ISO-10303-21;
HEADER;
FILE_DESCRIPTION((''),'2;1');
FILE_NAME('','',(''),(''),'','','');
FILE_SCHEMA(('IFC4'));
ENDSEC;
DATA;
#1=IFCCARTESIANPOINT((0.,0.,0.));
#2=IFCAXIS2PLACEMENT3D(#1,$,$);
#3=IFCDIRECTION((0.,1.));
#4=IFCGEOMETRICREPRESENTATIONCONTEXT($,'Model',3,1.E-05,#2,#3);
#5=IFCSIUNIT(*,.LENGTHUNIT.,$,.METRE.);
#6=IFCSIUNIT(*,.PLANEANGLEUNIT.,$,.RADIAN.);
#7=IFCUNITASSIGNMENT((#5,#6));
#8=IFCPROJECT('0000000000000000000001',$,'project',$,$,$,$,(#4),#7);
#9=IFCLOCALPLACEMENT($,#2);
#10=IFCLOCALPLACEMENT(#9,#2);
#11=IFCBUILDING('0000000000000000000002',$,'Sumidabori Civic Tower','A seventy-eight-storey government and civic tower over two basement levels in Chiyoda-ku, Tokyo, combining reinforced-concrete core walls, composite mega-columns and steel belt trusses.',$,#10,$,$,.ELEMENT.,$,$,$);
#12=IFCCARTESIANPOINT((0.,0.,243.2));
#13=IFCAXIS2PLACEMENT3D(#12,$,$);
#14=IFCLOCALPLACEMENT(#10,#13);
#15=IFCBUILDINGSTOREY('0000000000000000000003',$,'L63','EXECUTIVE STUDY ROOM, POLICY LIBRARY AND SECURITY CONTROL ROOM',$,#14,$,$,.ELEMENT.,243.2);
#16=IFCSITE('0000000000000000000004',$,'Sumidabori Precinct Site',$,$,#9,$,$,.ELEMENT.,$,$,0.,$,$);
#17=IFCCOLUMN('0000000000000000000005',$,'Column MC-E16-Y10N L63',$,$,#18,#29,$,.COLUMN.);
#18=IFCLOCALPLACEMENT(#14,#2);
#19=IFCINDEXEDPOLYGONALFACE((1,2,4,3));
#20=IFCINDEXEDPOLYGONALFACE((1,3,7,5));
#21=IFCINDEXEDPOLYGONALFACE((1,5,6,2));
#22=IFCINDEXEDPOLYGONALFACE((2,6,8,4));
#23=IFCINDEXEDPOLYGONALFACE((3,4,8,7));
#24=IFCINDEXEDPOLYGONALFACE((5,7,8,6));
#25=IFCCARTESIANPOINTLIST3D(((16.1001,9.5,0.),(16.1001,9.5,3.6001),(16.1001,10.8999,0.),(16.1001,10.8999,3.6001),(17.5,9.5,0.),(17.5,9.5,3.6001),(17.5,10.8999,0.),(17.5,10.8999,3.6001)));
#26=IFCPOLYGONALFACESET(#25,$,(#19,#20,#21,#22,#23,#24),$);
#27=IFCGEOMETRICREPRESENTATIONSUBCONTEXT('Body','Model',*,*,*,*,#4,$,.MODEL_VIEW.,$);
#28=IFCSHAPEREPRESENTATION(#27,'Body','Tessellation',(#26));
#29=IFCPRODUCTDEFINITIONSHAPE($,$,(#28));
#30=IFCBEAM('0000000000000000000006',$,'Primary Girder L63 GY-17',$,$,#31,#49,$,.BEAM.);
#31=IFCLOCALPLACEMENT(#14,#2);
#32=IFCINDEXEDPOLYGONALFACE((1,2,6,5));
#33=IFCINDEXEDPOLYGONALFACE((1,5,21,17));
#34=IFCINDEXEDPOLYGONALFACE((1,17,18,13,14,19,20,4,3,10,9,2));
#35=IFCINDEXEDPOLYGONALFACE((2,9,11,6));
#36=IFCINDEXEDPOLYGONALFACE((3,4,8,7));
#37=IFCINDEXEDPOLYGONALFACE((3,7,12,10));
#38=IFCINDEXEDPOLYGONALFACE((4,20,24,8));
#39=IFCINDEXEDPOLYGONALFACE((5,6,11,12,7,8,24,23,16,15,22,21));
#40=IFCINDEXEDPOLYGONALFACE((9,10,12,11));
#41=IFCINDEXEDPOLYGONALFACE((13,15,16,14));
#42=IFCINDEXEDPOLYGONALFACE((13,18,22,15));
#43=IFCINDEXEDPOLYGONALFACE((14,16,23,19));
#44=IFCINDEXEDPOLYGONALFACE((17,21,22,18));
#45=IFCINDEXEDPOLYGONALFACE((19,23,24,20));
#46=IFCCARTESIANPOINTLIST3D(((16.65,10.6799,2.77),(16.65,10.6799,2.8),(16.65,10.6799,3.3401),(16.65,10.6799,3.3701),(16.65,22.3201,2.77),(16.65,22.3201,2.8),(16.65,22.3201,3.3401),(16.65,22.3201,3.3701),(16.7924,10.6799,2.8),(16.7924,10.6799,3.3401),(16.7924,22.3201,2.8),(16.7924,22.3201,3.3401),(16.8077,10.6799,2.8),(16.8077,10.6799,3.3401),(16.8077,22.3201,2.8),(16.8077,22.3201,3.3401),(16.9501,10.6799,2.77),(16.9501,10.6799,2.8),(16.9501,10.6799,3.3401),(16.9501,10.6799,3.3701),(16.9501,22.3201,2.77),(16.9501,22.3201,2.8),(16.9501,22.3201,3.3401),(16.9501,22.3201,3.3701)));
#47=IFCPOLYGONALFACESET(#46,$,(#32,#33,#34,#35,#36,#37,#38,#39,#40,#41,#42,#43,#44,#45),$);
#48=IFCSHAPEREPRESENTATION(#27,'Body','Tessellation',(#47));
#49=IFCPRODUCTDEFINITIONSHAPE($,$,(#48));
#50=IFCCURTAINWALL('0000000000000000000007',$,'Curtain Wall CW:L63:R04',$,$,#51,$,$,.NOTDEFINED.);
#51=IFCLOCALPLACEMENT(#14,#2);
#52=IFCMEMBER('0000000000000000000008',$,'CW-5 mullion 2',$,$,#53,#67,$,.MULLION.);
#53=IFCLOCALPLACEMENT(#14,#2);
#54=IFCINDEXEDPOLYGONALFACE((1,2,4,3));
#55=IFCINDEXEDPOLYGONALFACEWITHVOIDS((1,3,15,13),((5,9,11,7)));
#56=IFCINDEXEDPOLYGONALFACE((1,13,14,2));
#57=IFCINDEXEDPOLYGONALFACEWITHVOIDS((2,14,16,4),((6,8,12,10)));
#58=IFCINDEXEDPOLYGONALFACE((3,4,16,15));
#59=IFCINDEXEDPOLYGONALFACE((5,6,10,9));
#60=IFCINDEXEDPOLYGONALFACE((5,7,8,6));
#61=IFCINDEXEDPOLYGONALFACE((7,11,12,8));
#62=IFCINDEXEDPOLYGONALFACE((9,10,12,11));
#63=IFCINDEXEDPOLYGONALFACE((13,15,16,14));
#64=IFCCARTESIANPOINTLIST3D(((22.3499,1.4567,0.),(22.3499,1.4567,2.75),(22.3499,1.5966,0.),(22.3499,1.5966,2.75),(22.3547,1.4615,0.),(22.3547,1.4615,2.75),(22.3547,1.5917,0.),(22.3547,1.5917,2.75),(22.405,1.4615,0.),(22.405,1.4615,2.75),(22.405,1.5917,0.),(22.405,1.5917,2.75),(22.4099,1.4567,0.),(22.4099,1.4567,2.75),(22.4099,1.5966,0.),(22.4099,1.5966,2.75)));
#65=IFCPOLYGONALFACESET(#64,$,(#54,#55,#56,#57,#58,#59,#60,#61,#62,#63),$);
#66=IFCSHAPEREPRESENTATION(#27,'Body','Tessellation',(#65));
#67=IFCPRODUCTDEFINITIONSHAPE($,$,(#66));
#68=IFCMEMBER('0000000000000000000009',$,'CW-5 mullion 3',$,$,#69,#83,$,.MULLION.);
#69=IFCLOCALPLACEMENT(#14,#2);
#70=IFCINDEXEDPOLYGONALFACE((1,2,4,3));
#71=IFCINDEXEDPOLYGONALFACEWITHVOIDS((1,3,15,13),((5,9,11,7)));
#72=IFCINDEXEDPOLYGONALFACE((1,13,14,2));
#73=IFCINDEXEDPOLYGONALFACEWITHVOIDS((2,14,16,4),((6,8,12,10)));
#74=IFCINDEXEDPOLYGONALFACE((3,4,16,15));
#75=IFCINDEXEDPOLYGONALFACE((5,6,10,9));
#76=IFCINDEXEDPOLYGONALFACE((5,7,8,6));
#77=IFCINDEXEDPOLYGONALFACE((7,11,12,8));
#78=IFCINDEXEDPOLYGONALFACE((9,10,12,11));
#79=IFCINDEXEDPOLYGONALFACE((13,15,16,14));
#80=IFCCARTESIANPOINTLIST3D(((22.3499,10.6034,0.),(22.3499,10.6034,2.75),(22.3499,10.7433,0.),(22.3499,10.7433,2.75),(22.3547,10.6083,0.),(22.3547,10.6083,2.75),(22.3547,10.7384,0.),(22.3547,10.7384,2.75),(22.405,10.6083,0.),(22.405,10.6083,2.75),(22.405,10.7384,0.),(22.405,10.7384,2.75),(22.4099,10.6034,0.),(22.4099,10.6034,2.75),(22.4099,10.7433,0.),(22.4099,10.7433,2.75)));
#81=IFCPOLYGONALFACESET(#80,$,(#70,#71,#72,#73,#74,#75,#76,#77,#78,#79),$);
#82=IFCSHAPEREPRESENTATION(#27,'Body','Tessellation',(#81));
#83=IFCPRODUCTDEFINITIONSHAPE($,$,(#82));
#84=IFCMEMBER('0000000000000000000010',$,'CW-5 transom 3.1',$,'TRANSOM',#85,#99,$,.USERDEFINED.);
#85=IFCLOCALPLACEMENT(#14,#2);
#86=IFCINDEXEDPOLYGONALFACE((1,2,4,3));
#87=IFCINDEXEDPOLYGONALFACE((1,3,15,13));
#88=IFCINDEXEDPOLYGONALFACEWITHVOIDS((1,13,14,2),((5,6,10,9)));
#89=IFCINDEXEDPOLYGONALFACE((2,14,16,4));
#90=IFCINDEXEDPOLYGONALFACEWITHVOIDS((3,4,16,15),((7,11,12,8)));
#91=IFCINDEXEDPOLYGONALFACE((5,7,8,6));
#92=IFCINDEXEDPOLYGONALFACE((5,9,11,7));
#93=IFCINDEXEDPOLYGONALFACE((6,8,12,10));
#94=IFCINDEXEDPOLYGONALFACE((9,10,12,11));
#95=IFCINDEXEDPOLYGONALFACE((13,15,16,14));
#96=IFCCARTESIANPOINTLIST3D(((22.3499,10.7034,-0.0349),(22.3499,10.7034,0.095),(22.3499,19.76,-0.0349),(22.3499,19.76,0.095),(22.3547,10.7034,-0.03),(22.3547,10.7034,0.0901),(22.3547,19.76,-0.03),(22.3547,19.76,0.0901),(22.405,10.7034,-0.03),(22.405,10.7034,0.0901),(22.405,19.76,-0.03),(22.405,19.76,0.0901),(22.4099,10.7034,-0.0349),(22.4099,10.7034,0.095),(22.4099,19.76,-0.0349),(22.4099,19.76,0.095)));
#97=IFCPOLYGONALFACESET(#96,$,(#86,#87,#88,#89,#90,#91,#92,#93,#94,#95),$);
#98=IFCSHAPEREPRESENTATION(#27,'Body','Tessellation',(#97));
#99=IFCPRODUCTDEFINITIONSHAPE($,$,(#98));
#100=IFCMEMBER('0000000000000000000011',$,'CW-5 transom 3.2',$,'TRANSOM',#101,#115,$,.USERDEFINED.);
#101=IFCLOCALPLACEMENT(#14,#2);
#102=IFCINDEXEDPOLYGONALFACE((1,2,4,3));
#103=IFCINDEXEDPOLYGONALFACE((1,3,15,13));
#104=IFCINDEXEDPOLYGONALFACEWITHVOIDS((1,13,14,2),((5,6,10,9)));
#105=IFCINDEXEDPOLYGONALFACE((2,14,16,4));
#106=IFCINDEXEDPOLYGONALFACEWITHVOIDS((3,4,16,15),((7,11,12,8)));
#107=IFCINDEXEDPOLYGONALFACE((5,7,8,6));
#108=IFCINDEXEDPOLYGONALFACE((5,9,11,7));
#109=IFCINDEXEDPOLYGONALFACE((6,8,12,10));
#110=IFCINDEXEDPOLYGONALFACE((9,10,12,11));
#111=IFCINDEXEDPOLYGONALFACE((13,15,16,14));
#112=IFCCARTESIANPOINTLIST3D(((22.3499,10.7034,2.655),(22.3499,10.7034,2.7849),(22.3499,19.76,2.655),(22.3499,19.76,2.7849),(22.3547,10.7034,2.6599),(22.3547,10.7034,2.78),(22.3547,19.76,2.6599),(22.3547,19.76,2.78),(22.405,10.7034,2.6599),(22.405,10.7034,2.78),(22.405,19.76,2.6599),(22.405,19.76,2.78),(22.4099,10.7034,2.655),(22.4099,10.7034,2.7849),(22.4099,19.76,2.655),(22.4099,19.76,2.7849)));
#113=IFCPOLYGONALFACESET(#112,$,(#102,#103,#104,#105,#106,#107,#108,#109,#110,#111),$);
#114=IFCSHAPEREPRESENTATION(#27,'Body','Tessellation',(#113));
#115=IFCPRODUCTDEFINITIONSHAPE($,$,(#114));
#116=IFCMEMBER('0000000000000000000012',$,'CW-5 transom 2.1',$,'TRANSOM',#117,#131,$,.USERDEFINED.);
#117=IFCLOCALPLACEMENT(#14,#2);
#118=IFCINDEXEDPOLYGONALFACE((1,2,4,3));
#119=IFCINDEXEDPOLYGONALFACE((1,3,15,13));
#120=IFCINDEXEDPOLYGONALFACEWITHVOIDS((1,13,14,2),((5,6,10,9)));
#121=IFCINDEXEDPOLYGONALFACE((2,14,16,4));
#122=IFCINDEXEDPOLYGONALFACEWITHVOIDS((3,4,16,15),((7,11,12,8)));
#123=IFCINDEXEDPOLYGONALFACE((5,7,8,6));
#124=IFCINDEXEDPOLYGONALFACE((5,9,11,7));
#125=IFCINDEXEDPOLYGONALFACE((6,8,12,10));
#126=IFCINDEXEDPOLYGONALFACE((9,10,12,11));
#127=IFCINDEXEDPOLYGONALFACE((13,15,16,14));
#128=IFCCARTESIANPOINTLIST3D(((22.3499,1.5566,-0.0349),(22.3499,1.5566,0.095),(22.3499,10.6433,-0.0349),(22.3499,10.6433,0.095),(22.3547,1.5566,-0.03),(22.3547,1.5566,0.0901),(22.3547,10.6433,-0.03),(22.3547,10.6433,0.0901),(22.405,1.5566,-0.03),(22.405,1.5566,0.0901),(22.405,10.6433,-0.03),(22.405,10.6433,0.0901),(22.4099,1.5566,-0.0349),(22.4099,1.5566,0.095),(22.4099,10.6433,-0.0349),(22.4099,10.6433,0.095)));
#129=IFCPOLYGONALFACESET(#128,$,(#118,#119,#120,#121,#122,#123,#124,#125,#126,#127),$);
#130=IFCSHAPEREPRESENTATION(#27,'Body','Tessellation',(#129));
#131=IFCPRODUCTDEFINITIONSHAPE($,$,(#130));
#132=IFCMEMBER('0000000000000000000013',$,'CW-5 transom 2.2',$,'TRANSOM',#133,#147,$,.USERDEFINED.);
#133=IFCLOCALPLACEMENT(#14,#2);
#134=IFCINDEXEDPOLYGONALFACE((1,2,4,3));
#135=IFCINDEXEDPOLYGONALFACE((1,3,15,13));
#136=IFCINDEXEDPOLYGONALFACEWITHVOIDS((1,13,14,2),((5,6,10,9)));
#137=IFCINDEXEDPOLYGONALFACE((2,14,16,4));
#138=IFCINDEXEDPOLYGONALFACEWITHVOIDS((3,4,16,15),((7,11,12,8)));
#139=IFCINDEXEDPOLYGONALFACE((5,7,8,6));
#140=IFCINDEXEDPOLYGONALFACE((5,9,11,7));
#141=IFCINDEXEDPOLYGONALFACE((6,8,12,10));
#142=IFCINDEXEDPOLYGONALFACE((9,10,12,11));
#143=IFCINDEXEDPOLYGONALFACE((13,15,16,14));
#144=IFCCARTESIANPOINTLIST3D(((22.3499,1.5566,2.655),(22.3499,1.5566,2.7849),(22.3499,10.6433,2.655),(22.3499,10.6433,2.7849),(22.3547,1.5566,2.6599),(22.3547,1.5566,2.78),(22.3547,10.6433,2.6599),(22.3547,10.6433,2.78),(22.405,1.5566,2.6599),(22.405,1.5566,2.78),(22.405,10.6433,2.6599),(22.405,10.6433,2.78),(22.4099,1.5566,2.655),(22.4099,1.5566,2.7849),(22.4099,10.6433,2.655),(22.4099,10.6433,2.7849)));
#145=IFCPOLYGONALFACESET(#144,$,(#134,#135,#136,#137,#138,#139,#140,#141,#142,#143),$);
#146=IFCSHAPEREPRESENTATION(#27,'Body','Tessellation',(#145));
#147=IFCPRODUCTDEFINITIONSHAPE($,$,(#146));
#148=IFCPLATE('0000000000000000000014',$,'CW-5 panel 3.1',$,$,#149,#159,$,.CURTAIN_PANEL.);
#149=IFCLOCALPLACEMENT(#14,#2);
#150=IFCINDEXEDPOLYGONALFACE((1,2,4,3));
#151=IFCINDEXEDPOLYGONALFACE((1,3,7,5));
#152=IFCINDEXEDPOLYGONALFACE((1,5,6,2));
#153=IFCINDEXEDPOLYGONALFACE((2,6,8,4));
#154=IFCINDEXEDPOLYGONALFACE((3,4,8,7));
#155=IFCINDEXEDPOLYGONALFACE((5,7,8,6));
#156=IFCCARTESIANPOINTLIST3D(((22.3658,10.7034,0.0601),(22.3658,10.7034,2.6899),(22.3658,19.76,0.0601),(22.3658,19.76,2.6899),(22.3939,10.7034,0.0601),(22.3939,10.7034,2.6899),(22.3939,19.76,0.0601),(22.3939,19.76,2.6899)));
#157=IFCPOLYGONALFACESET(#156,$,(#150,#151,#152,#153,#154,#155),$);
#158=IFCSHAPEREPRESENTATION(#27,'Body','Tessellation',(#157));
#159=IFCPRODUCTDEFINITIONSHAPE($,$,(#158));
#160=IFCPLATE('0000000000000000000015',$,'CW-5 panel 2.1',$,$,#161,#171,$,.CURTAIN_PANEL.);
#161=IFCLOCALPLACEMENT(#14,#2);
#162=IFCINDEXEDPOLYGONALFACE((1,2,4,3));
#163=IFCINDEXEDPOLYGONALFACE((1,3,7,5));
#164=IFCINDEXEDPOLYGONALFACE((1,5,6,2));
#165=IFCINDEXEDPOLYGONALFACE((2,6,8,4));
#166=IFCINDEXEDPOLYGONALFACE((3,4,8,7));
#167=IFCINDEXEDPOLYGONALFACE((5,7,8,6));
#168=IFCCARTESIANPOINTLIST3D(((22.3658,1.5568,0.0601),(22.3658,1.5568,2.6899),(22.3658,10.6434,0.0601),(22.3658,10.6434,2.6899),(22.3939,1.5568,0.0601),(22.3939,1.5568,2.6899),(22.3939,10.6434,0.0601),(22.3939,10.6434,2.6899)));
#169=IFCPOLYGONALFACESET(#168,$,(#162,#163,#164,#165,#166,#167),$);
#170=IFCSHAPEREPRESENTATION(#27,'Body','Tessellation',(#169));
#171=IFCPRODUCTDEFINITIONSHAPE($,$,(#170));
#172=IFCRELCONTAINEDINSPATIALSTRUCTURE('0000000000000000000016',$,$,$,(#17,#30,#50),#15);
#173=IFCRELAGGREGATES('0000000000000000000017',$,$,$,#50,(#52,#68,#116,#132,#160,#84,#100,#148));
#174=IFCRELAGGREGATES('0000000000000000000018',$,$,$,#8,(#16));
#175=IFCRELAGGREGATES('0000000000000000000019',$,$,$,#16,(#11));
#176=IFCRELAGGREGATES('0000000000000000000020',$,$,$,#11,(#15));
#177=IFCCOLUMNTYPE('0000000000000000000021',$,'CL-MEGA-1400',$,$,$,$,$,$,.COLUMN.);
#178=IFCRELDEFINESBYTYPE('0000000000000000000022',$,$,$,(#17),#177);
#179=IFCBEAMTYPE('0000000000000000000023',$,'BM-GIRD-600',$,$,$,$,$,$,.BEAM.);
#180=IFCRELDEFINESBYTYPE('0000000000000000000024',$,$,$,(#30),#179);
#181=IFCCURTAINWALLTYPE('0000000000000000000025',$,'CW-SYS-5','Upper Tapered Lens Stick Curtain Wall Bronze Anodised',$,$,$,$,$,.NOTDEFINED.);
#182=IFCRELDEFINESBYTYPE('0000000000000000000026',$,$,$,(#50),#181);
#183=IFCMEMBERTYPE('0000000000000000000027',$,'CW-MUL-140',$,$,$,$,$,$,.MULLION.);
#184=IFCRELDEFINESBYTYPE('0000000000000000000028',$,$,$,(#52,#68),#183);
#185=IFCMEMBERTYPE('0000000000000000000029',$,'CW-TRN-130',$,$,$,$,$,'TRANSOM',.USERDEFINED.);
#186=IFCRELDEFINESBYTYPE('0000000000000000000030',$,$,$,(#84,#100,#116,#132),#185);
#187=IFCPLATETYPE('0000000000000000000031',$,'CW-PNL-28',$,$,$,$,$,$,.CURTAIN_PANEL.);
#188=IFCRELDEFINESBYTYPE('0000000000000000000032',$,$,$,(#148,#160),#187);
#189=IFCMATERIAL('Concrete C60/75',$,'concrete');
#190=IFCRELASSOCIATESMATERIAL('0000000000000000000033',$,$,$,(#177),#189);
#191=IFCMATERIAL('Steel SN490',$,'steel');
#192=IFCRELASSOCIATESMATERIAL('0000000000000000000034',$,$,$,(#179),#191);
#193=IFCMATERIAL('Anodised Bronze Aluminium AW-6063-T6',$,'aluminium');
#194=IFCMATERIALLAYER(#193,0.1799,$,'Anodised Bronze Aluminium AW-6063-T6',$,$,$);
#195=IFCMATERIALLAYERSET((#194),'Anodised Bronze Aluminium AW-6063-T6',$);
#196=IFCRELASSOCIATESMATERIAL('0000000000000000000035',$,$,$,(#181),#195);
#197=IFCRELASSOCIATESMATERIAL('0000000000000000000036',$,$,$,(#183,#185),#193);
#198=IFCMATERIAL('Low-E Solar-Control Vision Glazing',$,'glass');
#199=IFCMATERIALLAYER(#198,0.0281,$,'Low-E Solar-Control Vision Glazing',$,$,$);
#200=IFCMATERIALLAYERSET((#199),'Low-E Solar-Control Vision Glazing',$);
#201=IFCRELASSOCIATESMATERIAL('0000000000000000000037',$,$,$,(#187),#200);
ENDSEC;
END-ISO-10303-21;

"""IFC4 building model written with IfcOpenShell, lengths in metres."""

from ifc_helpers import new_model, si_unit, direction, frame, origin, origin_2d, place, context, subcontext, project, spatial, rectangle, hollow_rectangle, i_section, extrude, source, transform, mapped, material, layer, layer_set, material_profile, profile_set, type_object, element, aggregate, save


model = new_model("IFC4")

# Units and contexts
model_context = context("Model", 3, precision=1e-05, world=origin(), true_north=direction((0.0, 1.0)))
body_context = subcontext(model_context, "Body", "Model", "MODEL_VIEW")
ifc_project = project(units=[si_unit("LENGTHUNIT", "METRE"), si_unit("PLANEANGLEUNIT", "RADIAN")], contexts=[model_context])

# Site, building, storey
site_placement = place(None, origin())
site = spatial("IfcSite", under=ifc_project, at=site_placement, Name="Sumidabori Precinct Site", CompositionType="ELEMENT", RefElevation=0.0)
building_placement = place(site_placement, origin())
building = spatial("IfcBuilding", under=site, at=building_placement, Name="Sumidabori Civic Tower", Description="A seventy-eight-storey government and civic tower over two basement levels in Chiyoda-ku, Tokyo, combining reinforced-concrete core walls, composite mega-columns and steel belt trusses.", CompositionType="ELEMENT")
storey_placement = place(building_placement, frame((0.0, 0.0, 243.2)))
storey = spatial("IfcBuildingStorey", under=building, at=storey_placement, Name="L63", Description="EXECUTIVE STUDY ROOM, POLICY LIBRARY AND SECURITY CONTROL ROOM", CompositionType="ELEMENT", Elevation=243.2)

# Column
ifc_material_1 = material(Name="Concrete C60/75", Category="concrete")
ifc_material_profile_1 = material_profile(ifc_material_1, rectangle(XDim=1.3999, YDim=1.3999, at=origin_2d()), Name="RC 1400x1400")
ifc_profile_set_1 = profile_set([ifc_material_profile_1], Name="Concrete C60/75")
column_type = type_object("IfcColumnType", Name="CL-MEGA-1400", PredefinedType="COLUMN", material=ifc_profile_set_1)
shared_shape_1 = source(origin(), body_context, "Body", "SweptSolid", [
    extrude(rectangle(XDim=1.3999, YDim=1.3999, at=origin_2d()), origin(), (0.0, 0.0, 1.0), 3.6001),
])
column_placement = place(storey_placement, frame((16.8, 10.2, 0.0), z_axis=(0.0, 0.0, 1.0), x_axis=(1.0, 0.0, 0.0)))
element("IfcColumn", 1, at=column_placement, inside=storey, type_object=column_type, Name="Column MC-E16-Y10N L63", PredefinedType="COLUMN", context=body_context, shape_type="MappedRepresentation", body=[
    mapped(shared_shape_1, transform((0.0, 0.0, 0.0), x_axis=(1.0, 0.0, 0.0), y_axis=(0.0, 1.0, 0.0), z_axis=(0.0, 0.0, 1.0), scale=1.0)),
])

# Beam
ifc_material_2 = material(Name="Steel SN490", Category="steel")
ifc_material_profile_2 = material_profile(ifc_material_2, i_section(OverallWidth=0.3, OverallDepth=0.6001, WebThickness=0.0154, FlangeThickness=0.03, at=origin_2d()), Name="HE 600 B")
ifc_profile_set_2 = profile_set([ifc_material_profile_2], Name="Steel SN490")
beam_type = type_object("IfcBeamType", Name="BM-GIRD-600", PredefinedType="BEAM", material=ifc_profile_set_2)
shared_shape_2 = source(origin(), body_context, "Body", "SweptSolid", [
    extrude(i_section(OverallWidth=0.3, OverallDepth=0.6001, WebThickness=0.0154, FlangeThickness=0.03, at=origin_2d()), origin(), (0.0, 0.0, 1.0), 11.6401),
])
beam_placement = place(storey_placement, frame((16.8, 10.6799, 3.0701), z_axis=(0.0, 1.0, 0.0), x_axis=(-1.0, 0.0, 0.0)))
element("IfcBeam", 2, at=beam_placement, inside=storey, type_object=beam_type, Name="Primary Girder L63 GY-17", PredefinedType="BEAM", context=body_context, shape_type="MappedRepresentation", body=[
    mapped(shared_shape_2, transform((0.0, 0.0, 0.0), x_axis=(1.0, 0.0, 0.0), y_axis=(0.0, 1.0, 0.0), z_axis=(0.0, 0.0, 1.0), scale=1.0)),
])

# Curtain wall, members, plates
ifc_material_3 = material(Name="Anodised Bronze Aluminium AW-6063-T6", Category="aluminium")
ifc_layer_1 = layer(ifc_material_3, 0.1799, Name="Anodised Bronze Aluminium AW-6063-T6")
ifc_layer_set_1 = layer_set([ifc_layer_1], Name="Anodised Bronze Aluminium AW-6063-T6")
curtain_wall_type = type_object("IfcCurtainWallType", Name="CW-SYS-5", Description="Upper Tapered Lens Stick Curtain Wall Bronze Anodised", PredefinedType="NOTDEFINED", material=ifc_layer_set_1)
curtain_wall_placement = place(storey_placement, origin())
curtain_wall = element("IfcCurtainWall", 3, at=curtain_wall_placement, inside=storey, type_object=curtain_wall_type, Name="Curtain Wall CW:L63:R04", PredefinedType="NOTDEFINED")
ifc_material_profile_3 = material_profile(ifc_material_3, hollow_rectangle(XDim=0.0601, YDim=0.1399, WallThickness=0.0049, at=origin_2d()), Name="ALU MULLION 140x60")
ifc_profile_set_3 = profile_set([ifc_material_profile_3], Name="Anodised Bronze Aluminium AW-6063-T6")
member_type_1 = type_object("IfcMemberType", Name="CW-MUL-140", PredefinedType="MULLION", material=ifc_profile_set_3)
shared_shape_3 = source(origin(), body_context, "Body", "SweptSolid", [
    extrude(hollow_rectangle(XDim=0.0601, YDim=0.1399, WallThickness=0.0049, at=origin_2d()), origin(), (0.0, 0.0, 1.0), 2.75),
])
member_1_placement = place(storey_placement, frame((22.3799, 1.5266, 0.0), z_axis=(0.0, 0.0, 1.0), x_axis=(-1.0, 0.0, 0.0)))
member_1 = element("IfcMember", 4, at=member_1_placement, type_object=member_type_1, Name="CW-5 mullion 2", PredefinedType="MULLION", context=body_context, shape_type="MappedRepresentation", body=[
    mapped(shared_shape_3, transform((0.0, 0.0, 0.0), x_axis=(1.0, 0.0, 0.0), y_axis=(0.0, 1.0, 0.0), z_axis=(0.0, 0.0, 1.0), scale=1.0)),
])
member_2_placement = place(storey_placement, frame((22.3799, 10.6733, 0.0), z_axis=(0.0, 0.0, 1.0), x_axis=(-1.0, 0.0, 0.0)))
member_2 = element("IfcMember", 5, at=member_2_placement, type_object=member_type_1, Name="CW-5 mullion 3", PredefinedType="MULLION", context=body_context, shape_type="MappedRepresentation", body=[
    mapped(shared_shape_3, transform((0.0, 0.0, 0.0), x_axis=(1.0, 0.0, 0.0), y_axis=(0.0, 1.0, 0.0), z_axis=(0.0, 0.0, 1.0), scale=1.0)),
])
ifc_material_profile_4 = material_profile(ifc_material_3, hollow_rectangle(XDim=0.0601, YDim=0.1299, WallThickness=0.0049, at=origin_2d()), Name="ALU TRANSOM 130x60")
ifc_profile_set_4 = profile_set([ifc_material_profile_4], Name="Anodised Bronze Aluminium AW-6063-T6")
member_type_2 = type_object("IfcMemberType", Name="CW-TRN-130", ElementType="TRANSOM", PredefinedType="USERDEFINED", material=ifc_profile_set_4)
shared_shape_4 = source(origin(), body_context, "Body", "SweptSolid", [
    extrude(hollow_rectangle(XDim=0.0601, YDim=0.1299, WallThickness=0.0049, at=origin_2d()), origin(), (0.0, 0.0, 1.0), 9.0566),
])
member_3_placement = place(storey_placement, frame((22.3799, 10.7034, 0.03), z_axis=(0.0, 1.0, 0.0), x_axis=(-1.0, 0.0, 0.0)))
member_3 = element("IfcMember", 6, at=member_3_placement, type_object=member_type_2, Name="CW-5 transom 3.1", ObjectType="TRANSOM", PredefinedType="USERDEFINED", context=body_context, shape_type="MappedRepresentation", body=[
    mapped(shared_shape_4, transform((0.0, 0.0, 0.0), x_axis=(1.0, 0.0, 0.0), y_axis=(0.0, 1.0, 0.0), z_axis=(0.0, 0.0, 1.0), scale=1.0)),
])
member_4_placement = place(storey_placement, frame((22.3799, 10.7034, 2.72), z_axis=(0.0, 1.0, 0.0), x_axis=(-1.0, 0.0, 0.0)))
member_4 = element("IfcMember", 7, at=member_4_placement, type_object=member_type_2, Name="CW-5 transom 3.2", ObjectType="TRANSOM", PredefinedType="USERDEFINED", context=body_context, shape_type="MappedRepresentation", body=[
    mapped(shared_shape_4, transform((0.0, 0.0, 0.0), x_axis=(1.0, 0.0, 0.0), y_axis=(0.0, 1.0, 0.0), z_axis=(0.0, 0.0, 1.0), scale=1.0)),
])
shared_shape_5 = source(origin(), body_context, "Body", "SweptSolid", [
    extrude(hollow_rectangle(XDim=0.0601, YDim=0.1299, WallThickness=0.0049, at=origin_2d()), origin(), (0.0, 0.0, 1.0), 9.0867),
])
member_5_placement = place(storey_placement, frame((22.3799, 1.5566, 0.03), z_axis=(0.0, 1.0, 0.0), x_axis=(-1.0, 0.0, 0.0)))
member_5 = element("IfcMember", 8, at=member_5_placement, type_object=member_type_2, Name="CW-5 transom 2.1", ObjectType="TRANSOM", PredefinedType="USERDEFINED", context=body_context, shape_type="MappedRepresentation", body=[
    mapped(shared_shape_5, transform((0.0, 0.0, 0.0), x_axis=(1.0, 0.0, 0.0), y_axis=(0.0, 1.0, 0.0), z_axis=(0.0, 0.0, 1.0), scale=1.0)),
])
member_6_placement = place(storey_placement, frame((22.3799, 1.5566, 2.72), z_axis=(0.0, 1.0, 0.0), x_axis=(-1.0, 0.0, 0.0)))
member_6 = element("IfcMember", 9, at=member_6_placement, type_object=member_type_2, Name="CW-5 transom 2.2", ObjectType="TRANSOM", PredefinedType="USERDEFINED", context=body_context, shape_type="MappedRepresentation", body=[
    mapped(shared_shape_5, transform((0.0, 0.0, 0.0), x_axis=(1.0, 0.0, 0.0), y_axis=(0.0, 1.0, 0.0), z_axis=(0.0, 0.0, 1.0), scale=1.0)),
])
ifc_material_4 = material(Name="Low-E Solar-Control Vision Glazing", Category="glass")
ifc_layer_2 = layer(ifc_material_4, 0.0281, Name="Low-E Solar-Control Vision Glazing")
ifc_layer_set_2 = layer_set([ifc_layer_2], Name="Low-E Solar-Control Vision Glazing")
plate_type = type_object("IfcPlateType", Name="CW-PNL-28", PredefinedType="CURTAIN_PANEL", material=ifc_layer_set_2)
shared_shape_6 = source(origin(), body_context, "Body", "SweptSolid", [
    extrude(rectangle(XDim=9.0566, YDim=0.0281, at=origin_2d()), origin(), (0.0, 0.0, 1.0), 2.6299),
])
plate_1_placement = place(storey_placement, frame((22.3799, 15.2317, 0.0601), z_axis=(0.0, 0.0, 1.0), x_axis=(0.0, 1.0, 0.0)))
plate_1 = element("IfcPlate", 10, at=plate_1_placement, type_object=plate_type, Name="CW-5 panel 3.1", PredefinedType="CURTAIN_PANEL", context=body_context, shape_type="MappedRepresentation", body=[
    mapped(shared_shape_6, transform((0.0, 0.0, 0.0), x_axis=(1.0, 0.0, 0.0), y_axis=(0.0, 1.0, 0.0), z_axis=(0.0, 0.0, 1.0), scale=1.0)),
])
shared_shape_7 = source(origin(), body_context, "Body", "SweptSolid", [
    extrude(rectangle(XDim=9.0867, YDim=0.0281, at=origin_2d()), origin(), (0.0, 0.0, 1.0), 2.6299),
])
plate_2_placement = place(storey_placement, frame((22.3799, 6.1001, 0.0601), z_axis=(0.0, 0.0, 1.0), x_axis=(0.0, 1.0, 0.0)))
plate_2 = element("IfcPlate", 11, at=plate_2_placement, type_object=plate_type, Name="CW-5 panel 2.1", PredefinedType="CURTAIN_PANEL", context=body_context, shape_type="MappedRepresentation", body=[
    mapped(shared_shape_7, transform((0.0, 0.0, 0.0), x_axis=(1.0, 0.0, 0.0), y_axis=(0.0, 1.0, 0.0), z_axis=(0.0, 0.0, 1.0), scale=1.0)),
])
aggregate(curtain_wall, [member_1, member_2, member_5, member_6, plate_2, member_3, member_4, plate_1])

save(model, "model.ifc")
